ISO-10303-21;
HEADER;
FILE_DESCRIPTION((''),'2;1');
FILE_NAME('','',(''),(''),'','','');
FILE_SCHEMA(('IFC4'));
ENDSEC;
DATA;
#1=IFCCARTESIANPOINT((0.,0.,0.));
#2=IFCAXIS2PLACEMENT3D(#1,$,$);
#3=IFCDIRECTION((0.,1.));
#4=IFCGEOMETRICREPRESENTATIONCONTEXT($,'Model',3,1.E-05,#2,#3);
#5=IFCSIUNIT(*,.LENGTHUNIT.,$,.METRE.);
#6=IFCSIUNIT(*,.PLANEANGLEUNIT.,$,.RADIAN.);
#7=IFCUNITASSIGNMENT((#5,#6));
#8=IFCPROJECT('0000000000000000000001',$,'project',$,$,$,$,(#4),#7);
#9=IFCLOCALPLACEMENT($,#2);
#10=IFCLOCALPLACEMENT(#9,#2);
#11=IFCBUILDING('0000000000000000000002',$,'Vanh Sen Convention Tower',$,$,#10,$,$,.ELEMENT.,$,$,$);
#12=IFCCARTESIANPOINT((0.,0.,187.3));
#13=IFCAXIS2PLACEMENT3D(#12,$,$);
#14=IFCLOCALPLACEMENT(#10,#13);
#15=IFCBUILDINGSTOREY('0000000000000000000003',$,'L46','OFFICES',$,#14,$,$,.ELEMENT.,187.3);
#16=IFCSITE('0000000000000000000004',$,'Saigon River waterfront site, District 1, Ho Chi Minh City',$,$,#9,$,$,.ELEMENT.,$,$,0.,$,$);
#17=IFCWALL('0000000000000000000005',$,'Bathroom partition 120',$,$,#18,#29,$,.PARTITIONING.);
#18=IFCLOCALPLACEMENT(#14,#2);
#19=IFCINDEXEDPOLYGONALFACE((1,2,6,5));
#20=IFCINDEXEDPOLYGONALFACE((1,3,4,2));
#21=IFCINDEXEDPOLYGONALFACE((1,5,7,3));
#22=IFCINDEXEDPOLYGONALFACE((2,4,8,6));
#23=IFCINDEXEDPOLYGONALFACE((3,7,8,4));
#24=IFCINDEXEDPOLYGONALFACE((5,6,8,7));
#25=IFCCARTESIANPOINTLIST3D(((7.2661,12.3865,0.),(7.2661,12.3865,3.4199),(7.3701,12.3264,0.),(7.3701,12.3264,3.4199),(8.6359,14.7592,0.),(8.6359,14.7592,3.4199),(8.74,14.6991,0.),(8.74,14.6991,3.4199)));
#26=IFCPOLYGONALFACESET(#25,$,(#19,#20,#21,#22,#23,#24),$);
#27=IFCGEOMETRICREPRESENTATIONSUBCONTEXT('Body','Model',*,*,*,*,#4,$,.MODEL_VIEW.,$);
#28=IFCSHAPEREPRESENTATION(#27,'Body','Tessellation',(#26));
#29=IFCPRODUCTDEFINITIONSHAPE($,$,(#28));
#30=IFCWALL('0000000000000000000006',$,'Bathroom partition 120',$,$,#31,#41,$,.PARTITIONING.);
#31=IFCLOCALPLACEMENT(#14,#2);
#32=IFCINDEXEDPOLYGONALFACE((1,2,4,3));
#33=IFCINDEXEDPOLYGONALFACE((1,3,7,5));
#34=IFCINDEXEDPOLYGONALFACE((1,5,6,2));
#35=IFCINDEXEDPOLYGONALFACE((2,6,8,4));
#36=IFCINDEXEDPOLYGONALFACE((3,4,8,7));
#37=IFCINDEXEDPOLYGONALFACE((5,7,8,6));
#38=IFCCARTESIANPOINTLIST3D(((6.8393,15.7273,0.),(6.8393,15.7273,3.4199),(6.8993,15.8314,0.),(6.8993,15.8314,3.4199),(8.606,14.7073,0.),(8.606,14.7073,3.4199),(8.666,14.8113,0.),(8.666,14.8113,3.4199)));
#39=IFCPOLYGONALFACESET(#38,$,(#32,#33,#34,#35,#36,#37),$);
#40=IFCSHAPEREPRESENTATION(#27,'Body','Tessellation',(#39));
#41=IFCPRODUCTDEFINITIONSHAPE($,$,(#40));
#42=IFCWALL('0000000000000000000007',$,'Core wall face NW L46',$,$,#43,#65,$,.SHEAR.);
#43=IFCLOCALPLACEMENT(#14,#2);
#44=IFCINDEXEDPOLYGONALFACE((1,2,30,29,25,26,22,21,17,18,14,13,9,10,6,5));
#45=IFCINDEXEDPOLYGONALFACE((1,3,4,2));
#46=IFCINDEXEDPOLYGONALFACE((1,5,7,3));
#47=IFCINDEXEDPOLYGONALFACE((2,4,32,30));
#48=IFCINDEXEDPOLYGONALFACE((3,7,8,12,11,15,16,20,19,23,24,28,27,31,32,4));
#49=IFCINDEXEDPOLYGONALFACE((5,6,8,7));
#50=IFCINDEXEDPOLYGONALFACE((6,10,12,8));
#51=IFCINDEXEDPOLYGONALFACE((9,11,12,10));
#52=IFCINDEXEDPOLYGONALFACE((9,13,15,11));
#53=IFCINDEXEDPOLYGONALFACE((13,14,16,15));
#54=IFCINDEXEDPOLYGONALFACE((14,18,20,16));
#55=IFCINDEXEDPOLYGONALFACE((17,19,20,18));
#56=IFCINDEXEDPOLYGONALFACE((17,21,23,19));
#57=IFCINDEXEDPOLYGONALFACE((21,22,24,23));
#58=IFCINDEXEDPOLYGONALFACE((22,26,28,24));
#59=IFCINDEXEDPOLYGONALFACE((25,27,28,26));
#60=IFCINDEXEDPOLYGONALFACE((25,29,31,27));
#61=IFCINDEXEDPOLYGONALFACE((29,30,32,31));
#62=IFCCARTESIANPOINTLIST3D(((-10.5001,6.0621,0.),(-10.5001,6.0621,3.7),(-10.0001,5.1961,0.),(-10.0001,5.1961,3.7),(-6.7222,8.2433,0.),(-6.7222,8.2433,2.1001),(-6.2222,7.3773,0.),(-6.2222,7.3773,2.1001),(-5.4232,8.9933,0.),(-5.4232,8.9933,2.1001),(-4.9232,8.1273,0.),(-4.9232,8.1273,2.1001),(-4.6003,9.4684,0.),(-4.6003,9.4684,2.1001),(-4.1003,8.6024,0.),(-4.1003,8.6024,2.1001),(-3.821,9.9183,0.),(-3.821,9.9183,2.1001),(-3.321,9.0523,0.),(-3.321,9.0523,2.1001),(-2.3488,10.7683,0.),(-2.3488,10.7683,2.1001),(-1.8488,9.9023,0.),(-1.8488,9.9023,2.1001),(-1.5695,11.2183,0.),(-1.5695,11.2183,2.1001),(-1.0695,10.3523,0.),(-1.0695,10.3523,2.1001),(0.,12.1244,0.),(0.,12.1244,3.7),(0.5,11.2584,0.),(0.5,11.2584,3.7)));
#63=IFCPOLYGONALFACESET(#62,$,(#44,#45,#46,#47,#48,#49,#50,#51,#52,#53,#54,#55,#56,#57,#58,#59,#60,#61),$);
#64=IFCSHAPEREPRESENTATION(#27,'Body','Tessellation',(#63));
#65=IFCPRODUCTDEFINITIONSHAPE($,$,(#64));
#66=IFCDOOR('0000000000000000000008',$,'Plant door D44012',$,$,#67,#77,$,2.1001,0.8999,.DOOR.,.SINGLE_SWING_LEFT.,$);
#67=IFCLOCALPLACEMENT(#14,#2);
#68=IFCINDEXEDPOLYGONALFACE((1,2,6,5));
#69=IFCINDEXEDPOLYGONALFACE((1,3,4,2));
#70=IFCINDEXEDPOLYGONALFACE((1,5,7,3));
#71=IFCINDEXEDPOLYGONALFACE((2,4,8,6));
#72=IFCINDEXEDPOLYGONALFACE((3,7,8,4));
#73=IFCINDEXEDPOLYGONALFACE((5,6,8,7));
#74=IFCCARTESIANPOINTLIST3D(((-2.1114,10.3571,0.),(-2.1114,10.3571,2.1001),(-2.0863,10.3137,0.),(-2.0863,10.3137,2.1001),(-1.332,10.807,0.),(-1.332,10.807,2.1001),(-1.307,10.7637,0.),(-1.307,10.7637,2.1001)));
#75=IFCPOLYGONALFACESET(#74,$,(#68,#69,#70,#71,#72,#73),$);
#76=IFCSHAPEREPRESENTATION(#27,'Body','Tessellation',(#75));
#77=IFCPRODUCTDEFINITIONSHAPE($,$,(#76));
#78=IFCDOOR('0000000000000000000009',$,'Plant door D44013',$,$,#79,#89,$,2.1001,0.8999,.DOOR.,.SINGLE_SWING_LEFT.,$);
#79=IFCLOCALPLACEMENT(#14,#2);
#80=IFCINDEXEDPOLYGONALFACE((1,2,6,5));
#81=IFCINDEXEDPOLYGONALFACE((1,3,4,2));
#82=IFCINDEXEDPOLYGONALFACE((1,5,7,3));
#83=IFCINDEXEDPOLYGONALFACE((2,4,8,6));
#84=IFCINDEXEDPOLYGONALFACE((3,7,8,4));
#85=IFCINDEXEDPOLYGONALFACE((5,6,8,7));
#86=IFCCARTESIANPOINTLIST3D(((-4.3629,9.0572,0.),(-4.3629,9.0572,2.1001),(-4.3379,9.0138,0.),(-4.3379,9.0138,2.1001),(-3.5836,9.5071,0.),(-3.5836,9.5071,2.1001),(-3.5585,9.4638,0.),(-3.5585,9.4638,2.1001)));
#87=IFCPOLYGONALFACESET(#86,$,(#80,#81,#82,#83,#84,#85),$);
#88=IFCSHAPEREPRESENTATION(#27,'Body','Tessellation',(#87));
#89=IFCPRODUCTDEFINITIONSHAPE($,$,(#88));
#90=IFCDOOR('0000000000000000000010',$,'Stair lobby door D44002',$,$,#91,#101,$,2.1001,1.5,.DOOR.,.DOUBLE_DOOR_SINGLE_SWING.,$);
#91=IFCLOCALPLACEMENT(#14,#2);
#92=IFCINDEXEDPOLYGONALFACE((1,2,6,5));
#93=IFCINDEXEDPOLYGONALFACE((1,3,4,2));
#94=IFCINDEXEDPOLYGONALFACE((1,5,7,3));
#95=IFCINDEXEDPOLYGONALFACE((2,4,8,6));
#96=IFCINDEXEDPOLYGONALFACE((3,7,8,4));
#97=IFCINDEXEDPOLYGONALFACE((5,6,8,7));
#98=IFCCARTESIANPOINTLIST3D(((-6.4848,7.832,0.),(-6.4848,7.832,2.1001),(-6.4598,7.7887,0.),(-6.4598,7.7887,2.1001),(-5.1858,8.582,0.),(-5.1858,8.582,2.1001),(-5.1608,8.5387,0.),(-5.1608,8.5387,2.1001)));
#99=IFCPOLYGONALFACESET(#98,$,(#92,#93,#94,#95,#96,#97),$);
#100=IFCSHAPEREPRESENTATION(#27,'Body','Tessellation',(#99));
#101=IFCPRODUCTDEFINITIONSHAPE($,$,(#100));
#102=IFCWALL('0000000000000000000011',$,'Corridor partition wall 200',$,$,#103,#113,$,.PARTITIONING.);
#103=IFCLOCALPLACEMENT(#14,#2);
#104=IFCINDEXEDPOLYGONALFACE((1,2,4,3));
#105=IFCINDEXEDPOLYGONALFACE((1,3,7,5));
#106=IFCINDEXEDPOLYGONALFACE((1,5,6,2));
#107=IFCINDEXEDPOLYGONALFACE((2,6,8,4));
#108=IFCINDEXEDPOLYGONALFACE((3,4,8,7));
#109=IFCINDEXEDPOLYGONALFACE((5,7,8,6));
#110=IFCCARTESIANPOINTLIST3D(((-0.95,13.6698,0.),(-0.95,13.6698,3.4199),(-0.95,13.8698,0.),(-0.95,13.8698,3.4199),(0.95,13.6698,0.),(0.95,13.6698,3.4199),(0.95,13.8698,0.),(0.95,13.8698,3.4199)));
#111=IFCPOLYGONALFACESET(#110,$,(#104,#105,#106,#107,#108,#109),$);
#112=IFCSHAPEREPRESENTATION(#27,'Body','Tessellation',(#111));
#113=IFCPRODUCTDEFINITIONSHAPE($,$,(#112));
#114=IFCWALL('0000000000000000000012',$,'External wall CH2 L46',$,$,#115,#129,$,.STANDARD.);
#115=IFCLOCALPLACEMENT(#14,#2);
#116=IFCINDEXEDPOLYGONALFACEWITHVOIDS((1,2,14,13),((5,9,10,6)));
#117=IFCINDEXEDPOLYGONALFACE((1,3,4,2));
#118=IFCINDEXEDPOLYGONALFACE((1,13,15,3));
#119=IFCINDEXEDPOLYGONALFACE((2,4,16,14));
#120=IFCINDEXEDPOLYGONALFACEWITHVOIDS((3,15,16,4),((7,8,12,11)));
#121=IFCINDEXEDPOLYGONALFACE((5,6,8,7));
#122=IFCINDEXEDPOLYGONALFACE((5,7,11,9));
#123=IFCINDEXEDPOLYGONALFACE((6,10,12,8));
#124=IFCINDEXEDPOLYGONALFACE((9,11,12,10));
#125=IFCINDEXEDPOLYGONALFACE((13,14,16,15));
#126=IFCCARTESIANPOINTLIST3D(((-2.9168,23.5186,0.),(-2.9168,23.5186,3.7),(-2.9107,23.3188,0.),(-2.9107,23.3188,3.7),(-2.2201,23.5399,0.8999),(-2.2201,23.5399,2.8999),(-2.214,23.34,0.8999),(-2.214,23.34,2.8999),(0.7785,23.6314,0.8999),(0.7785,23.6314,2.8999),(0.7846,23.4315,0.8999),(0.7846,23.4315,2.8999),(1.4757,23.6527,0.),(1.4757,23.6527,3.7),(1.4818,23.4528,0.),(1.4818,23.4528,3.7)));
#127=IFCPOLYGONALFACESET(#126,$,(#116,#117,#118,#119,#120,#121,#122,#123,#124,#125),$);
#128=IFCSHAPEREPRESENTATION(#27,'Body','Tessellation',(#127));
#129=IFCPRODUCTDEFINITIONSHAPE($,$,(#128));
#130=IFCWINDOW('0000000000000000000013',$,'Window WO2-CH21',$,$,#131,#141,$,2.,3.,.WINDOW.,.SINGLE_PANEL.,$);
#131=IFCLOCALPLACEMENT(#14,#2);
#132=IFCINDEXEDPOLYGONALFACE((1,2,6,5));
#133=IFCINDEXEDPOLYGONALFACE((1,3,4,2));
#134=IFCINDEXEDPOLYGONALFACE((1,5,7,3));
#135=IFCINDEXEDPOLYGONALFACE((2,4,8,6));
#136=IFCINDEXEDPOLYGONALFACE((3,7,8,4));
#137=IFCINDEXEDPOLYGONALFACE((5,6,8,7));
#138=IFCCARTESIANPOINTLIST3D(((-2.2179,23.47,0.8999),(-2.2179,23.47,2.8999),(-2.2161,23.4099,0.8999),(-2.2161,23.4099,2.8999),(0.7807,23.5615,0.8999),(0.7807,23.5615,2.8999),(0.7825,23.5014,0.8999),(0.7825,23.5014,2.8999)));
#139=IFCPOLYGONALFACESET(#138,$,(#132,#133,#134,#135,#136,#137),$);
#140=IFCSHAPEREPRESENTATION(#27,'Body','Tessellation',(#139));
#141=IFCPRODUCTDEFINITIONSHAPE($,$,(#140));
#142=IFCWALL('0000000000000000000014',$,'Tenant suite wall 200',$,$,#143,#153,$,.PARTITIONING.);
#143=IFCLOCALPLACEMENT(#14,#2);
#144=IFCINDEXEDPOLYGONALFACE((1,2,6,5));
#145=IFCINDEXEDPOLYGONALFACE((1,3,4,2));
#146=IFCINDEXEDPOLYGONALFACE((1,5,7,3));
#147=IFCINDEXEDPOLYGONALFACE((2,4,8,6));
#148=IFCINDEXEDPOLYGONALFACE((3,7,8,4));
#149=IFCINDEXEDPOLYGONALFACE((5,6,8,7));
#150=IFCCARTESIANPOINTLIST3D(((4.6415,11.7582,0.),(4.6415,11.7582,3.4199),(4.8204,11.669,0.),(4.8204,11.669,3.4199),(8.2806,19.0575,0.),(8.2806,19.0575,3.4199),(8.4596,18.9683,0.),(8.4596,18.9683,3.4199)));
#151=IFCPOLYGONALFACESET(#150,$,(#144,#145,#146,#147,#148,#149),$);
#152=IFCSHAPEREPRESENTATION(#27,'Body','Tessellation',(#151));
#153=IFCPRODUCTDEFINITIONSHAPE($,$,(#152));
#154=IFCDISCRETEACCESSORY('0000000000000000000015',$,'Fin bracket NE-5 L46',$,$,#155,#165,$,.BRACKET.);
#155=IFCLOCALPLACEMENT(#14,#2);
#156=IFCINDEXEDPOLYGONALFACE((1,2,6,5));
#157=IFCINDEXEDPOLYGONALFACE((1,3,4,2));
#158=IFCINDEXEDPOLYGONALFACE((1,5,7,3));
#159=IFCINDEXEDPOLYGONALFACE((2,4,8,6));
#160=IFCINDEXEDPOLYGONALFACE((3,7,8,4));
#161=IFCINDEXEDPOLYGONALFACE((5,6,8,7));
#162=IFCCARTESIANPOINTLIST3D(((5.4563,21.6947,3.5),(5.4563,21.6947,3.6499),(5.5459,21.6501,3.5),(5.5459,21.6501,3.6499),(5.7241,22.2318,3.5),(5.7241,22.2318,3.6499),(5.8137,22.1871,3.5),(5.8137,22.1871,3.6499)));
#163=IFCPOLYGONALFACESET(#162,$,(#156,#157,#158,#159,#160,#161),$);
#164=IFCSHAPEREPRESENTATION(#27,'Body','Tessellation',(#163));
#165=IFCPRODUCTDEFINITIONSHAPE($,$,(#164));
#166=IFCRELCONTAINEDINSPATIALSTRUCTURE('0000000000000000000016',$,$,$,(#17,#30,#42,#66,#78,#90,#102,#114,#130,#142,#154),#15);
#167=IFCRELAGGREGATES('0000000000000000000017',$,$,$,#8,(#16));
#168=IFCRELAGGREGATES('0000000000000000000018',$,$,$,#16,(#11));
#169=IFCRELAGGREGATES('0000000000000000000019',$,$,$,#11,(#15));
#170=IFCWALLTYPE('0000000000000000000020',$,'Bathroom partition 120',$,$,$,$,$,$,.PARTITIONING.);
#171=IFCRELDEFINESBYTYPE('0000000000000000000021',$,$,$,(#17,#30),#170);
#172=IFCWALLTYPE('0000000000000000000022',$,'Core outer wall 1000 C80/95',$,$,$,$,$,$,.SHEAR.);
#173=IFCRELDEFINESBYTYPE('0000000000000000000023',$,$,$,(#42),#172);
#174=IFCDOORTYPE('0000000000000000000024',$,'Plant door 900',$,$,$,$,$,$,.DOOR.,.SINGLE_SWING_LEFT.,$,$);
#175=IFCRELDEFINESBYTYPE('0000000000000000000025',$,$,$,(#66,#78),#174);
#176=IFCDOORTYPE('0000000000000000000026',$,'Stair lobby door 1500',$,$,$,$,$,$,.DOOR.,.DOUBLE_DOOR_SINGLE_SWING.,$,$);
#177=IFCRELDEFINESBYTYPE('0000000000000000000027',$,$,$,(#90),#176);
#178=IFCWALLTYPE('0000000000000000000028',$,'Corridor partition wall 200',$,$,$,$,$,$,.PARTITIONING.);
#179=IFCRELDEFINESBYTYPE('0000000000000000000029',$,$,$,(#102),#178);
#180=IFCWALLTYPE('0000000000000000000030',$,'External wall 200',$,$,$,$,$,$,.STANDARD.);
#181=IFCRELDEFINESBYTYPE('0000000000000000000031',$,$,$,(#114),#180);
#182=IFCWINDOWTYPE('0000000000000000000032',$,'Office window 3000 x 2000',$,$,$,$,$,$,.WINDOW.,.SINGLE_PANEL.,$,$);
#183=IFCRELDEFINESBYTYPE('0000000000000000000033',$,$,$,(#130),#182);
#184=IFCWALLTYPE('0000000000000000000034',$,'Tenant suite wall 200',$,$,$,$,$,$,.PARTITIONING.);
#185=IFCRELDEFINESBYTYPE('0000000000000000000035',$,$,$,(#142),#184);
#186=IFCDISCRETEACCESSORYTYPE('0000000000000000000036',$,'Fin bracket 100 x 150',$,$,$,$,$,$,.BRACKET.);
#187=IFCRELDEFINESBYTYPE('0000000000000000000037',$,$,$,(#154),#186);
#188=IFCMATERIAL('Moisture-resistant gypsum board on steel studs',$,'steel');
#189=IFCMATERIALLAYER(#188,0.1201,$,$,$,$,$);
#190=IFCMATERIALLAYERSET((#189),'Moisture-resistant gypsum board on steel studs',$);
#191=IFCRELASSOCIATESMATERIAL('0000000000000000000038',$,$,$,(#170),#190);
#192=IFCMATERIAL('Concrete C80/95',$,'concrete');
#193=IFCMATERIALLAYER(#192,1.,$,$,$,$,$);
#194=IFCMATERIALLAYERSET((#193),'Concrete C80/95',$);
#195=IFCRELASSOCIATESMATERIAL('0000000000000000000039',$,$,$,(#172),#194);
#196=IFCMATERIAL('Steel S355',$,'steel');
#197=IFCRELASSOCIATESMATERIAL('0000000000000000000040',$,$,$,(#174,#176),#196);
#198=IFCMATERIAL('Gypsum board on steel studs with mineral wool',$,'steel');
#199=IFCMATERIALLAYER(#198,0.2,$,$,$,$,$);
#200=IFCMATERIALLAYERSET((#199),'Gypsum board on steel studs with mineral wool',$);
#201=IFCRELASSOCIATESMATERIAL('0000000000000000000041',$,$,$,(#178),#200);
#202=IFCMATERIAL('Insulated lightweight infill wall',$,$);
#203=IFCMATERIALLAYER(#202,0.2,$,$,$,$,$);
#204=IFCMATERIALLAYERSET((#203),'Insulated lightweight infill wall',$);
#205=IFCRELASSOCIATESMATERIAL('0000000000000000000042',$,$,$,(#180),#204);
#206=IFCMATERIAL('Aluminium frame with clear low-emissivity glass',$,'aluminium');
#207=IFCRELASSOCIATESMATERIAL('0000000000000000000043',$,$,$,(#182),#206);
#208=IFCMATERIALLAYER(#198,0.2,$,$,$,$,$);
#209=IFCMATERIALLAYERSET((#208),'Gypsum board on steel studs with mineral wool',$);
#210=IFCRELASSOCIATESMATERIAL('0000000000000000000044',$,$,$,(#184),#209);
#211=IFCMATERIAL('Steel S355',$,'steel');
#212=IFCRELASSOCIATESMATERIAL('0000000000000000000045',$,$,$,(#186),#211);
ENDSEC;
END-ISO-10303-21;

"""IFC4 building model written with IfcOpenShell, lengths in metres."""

from ifc_helpers import new_model, si_unit, direction, frame, frame_2d, origin, origin_2d, place, context, subcontext, project, spatial, rectangle, extrude, material, layer, layer_set, type_object, element, fill, save


model = new_model("IFC4")

# Units and contexts
model_context = context("Model", 3, precision=1e-05, world=origin(), true_north=direction((0.0, 1.0)))
body_context = subcontext(model_context, "Body", "Model", "MODEL_VIEW")
ifc_project = project(units=[si_unit("LENGTHUNIT", "METRE"), si_unit("PLANEANGLEUNIT", "RADIAN")], contexts=[model_context])

# Site, building, storey
site_placement = place(None, origin())
site = spatial("IfcSite", under=ifc_project, at=site_placement, Name="Saigon River waterfront site, District 1, Ho Chi Minh City", CompositionType="ELEMENT", RefElevation=0.0)
building_placement = place(site_placement, origin())
building = spatial("IfcBuilding", under=site, at=building_placement, Name="Vanh Sen Convention Tower", CompositionType="ELEMENT")
storey_placement = place(building_placement, frame((0.0, 0.0, 187.3)))
storey = spatial("IfcBuildingStorey", under=building, at=storey_placement, Name="L46", Description="OFFICES", CompositionType="ELEMENT", Elevation=187.3)

# Shared definitions
ifc_material_1 = material(Name="Concrete C80/95", Category="concrete")

# Walls
ifc_material_2 = material(Name="Moisture-resistant gypsum board on steel studs", Category="steel")
ifc_layer_1 = layer(ifc_material_2, 0.1201)
ifc_layer_set_1 = layer_set([ifc_layer_1], Name="Moisture-resistant gypsum board on steel studs")
wall_type_1 = type_object("IfcWallType", Name="Bathroom partition 120", PredefinedType="PARTITIONING", material=ifc_layer_set_1)
wall_1_placement = place(storey_placement, frame((7.3181, 12.3564, 0.0), z_axis=(0.0, 0.0, 1.0), x_axis=(0.499982, 0.866036, 0.0)))
element("IfcWall", 1, at=wall_1_placement, inside=storey, type_object=wall_type_1, Name="Bathroom partition 120", PredefinedType="PARTITIONING", context=body_context, shape_type="SweptSolid", body=[
    extrude(rectangle(XDim=2.7397, YDim=0.1201, at=frame_2d((1.3699, 0.0))), origin(), (0.0, 0.0, 1.0), 3.4199),
])
wall_2_placement = place(storey_placement, frame((8.636, 14.7593, 0.0), z_axis=(0.0, 0.0, 1.0), x_axis=(-0.86601, 0.500026, 0.0)))
element("IfcWall", 2, at=wall_2_placement, inside=storey, type_object=wall_type_1, Name="Bathroom partition 120", PredefinedType="PARTITIONING", context=body_context, shape_type="SweptSolid", body=[
    extrude(rectangle(XDim=2.04, YDim=0.1201, at=frame_2d((1.02, 0.0))), origin(), (0.0, 0.0, 1.0), 3.4199),
])

# Wall, openings, doors
ifc_layer_2 = layer(ifc_material_1, 1.0)
ifc_layer_set_2 = layer_set([ifc_layer_2], Name="Concrete C80/95")
wall_type_2 = type_object("IfcWallType", Name="Core outer wall 1000 C80/95", PredefinedType="SHEAR", material=ifc_layer_set_2)
wall_3_placement = place(storey_placement, frame((0.25, 11.6914, 0.0), z_axis=(0.0, 0.0, 1.0), x_axis=(-0.866023, -0.500005, 0.0)))
wall_3 = element("IfcWall", 3, at=wall_3_placement, inside=storey, type_object=wall_type_2, Name="Core wall face NW L46", PredefinedType="SHEAR", context=body_context, shape_type="SweptSolid", body=[
    extrude(rectangle(XDim=12.1245, YDim=1.0, at=frame_2d((6.0623, 0.0))), origin(), (0.0, 0.0, 1.0), 3.7),
])
opening_1_placement = place(wall_3_placement, frame((6.2622, 0.0, 0.0)))
opening_1 = element("IfcOpeningElement", 4, at=opening_1_placement, cuts=wall_3, PredefinedType="OPENING", context=body_context, shape_type="SweptSolid", body=[
    extrude(rectangle(XDim=1.5, YDim=2.1001, at=frame_2d((0.75, 1.05))), frame((0.0, 0.51, 0.0), z_axis=(0.0, -1.0, 0.0), x_axis=(1.0, 0.0, 0.0)), (0.0, 0.0, 1.0), 1.02),
])
opening_2_placement = place(wall_3_placement, frame((1.8123, 0.0, 0.0)))
opening_2 = element("IfcOpeningElement", 5, at=opening_2_placement, cuts=wall_3, PredefinedType="OPENING", context=body_context, shape_type="SweptSolid", body=[
    extrude(rectangle(XDim=0.8999, YDim=2.1001, at=frame_2d((0.45, 1.05))), frame((0.0, 0.51, 0.0), z_axis=(0.0, -1.0, 0.0), x_axis=(1.0, 0.0, 0.0)), (0.0, 0.0, 1.0), 1.02),
])
opening_3_placement = place(wall_3_placement, frame((4.4121, 0.0, 0.0)))
opening_3 = element("IfcOpeningElement", 6, at=opening_3_placement, cuts=wall_3, PredefinedType="OPENING", context=body_context, shape_type="SweptSolid", body=[
    extrude(rectangle(XDim=0.8999, YDim=2.1001, at=frame_2d((0.45, 1.05))), frame((0.0, 0.51, 0.0), z_axis=(0.0, -1.0, 0.0), x_axis=(1.0, 0.0, 0.0)), (0.0, 0.0, 1.0), 1.02),
])
ifc_material_3 = material(Name="Steel S355", Category="steel")
door_type_1 = type_object("IfcDoorType", Name="Plant door 900", OperationType="SINGLE_SWING_LEFT", PredefinedType="DOOR", material=ifc_material_3)
door_1_placement = place(opening_2_placement, origin())
door_1 = element("IfcDoor", 7, at=door_1_placement, inside=storey, type_object=door_type_1, Name="Plant door D44012", OperationType="SINGLE_SWING_LEFT", OverallHeight=2.1001, OverallWidth=0.8999, PredefinedType="DOOR", context=body_context, shape_type="SweptSolid", body=[
    extrude(rectangle(XDim=0.8999, YDim=2.1001, at=frame_2d((0.45, 1.05))), frame((0.0, 0.0249, 0.0), z_axis=(0.0, -1.0, 0.0), x_axis=(1.0, 0.0, 0.0)), (0.0, 0.0, 1.0), 0.05),
])
fill(opening_2, door_1)
door_2_placement = place(opening_3_placement, origin())
door_2 = element("IfcDoor", 8, at=door_2_placement, inside=storey, type_object=door_type_1, Name="Plant door D44013", OperationType="SINGLE_SWING_LEFT", OverallHeight=2.1001, OverallWidth=0.8999, PredefinedType="DOOR", context=body_context, shape_type="SweptSolid", body=[
    extrude(rectangle(XDim=0.8999, YDim=2.1001, at=frame_2d((0.45, 1.05))), frame((0.0, 0.0249, 0.0), z_axis=(0.0, -1.0, 0.0), x_axis=(1.0, 0.0, 0.0)), (0.0, 0.0, 1.0), 0.05),
])
fill(opening_3, door_2)
door_type_2 = type_object("IfcDoorType", Name="Stair lobby door 1500", OperationType="DOUBLE_DOOR_SINGLE_SWING", PredefinedType="DOOR", material=ifc_material_3)
door_3_placement = place(opening_1_placement, origin())
door_3 = element("IfcDoor", 9, at=door_3_placement, inside=storey, type_object=door_type_2, Name="Stair lobby door D44002", OperationType="DOUBLE_DOOR_SINGLE_SWING", OverallHeight=2.1001, OverallWidth=1.5, PredefinedType="DOOR", context=body_context, shape_type="SweptSolid", body=[
    extrude(rectangle(XDim=1.5, YDim=2.1001, at=frame_2d((0.75, 1.05))), frame((0.0, 0.0249, 0.0), z_axis=(0.0, -1.0, 0.0), x_axis=(1.0, 0.0, 0.0)), (0.0, 0.0, 1.0), 0.05),
])
fill(opening_1, door_3)

# Wall
ifc_material_4 = material(Name="Gypsum board on steel studs with mineral wool", Category="steel")
ifc_layer_3 = layer(ifc_material_4, 0.2)
ifc_layer_set_3 = layer_set([ifc_layer_3], Name="Gypsum board on steel studs with mineral wool")
wall_type_3 = type_object("IfcWallType", Name="Corridor partition wall 200", PredefinedType="PARTITIONING", material=ifc_layer_set_3)
wall_4_placement = place(storey_placement, frame((0.95, 13.7698, 0.0), z_axis=(0.0, 0.0, 1.0), x_axis=(-1.0, 0.0, 0.0)))
element("IfcWall", 10, at=wall_4_placement, inside=storey, type_object=wall_type_3, Name="Corridor partition wall 200", PredefinedType="PARTITIONING", context=body_context, shape_type="SweptSolid", body=[
    extrude(rectangle(XDim=1.8999, YDim=0.2, at=frame_2d((0.95, 0.0))), origin(), (0.0, 0.0, 1.0), 3.4199),
])

# Wall, opening, window
ifc_material_5 = material(Name="Insulated lightweight infill wall")
ifc_layer_4 = layer(ifc_material_5, 0.2)
ifc_layer_set_4 = layer_set([ifc_layer_4], Name="Insulated lightweight infill wall")
wall_type_4 = type_object("IfcWallType", Name="External wall 200", PredefinedType="STANDARD", material=ifc_layer_set_4)
wall_5_placement = place(storey_placement, frame((1.4788, 23.5527, 0.0), z_axis=(0.0, 0.0, 1.0), x_axis=(-0.999535, -0.030499, 0.0)))
wall_5 = element("IfcWall", 11, at=wall_5_placement, inside=storey, type_object=wall_type_4, Name="External wall CH2 L46", PredefinedType="STANDARD", context=body_context, shape_type="SweptSolid", body=[
    extrude(rectangle(XDim=4.3945, YDim=0.2, at=frame_2d((2.1973, 0.0))), origin(), (0.0, 0.0, 1.0), 3.7),
])
opening_4_placement = place(wall_5_placement, frame((0.6975, 0.0, 0.8999)))
opening_4 = element("IfcOpeningElement", 12, at=opening_4_placement, cuts=wall_5, PredefinedType="OPENING", context=body_context, shape_type="SweptSolid", body=[
    extrude(rectangle(XDim=3.0, YDim=2.0, at=frame_2d((1.5, 1.0))), frame((0.0, 0.1099, 0.0), z_axis=(0.0, -1.0, 0.0), x_axis=(1.0, 0.0, 0.0)), (0.0, 0.0, 1.0), 0.22),
])
ifc_material_6 = material(Name="Aluminium frame with clear low-emissivity glass", Category="aluminium")
window_type = type_object("IfcWindowType", Name="Office window 3000 x 2000", PartitioningType="SINGLE_PANEL", PredefinedType="WINDOW", material=ifc_material_6)
window_placement = place(opening_4_placement, origin())
window = element("IfcWindow", 13, at=window_placement, inside=storey, type_object=window_type, Name="Window WO2-CH21", OverallHeight=2.0, OverallWidth=3.0, PartitioningType="SINGLE_PANEL", PredefinedType="WINDOW", context=body_context, shape_type="SweptSolid", body=[
    extrude(rectangle(XDim=3.0, YDim=2.0, at=frame_2d((1.5, 1.0))), frame((0.0, 0.03, 0.0), z_axis=(0.0, -1.0, 0.0), x_axis=(1.0, 0.0, 0.0)), (0.0, 0.0, 1.0), 0.0601),
])
fill(opening_4, window)

# Wall
ifc_layer_5 = layer(ifc_material_4, 0.2)
ifc_layer_set_5 = layer_set([ifc_layer_5], Name="Gypsum board on steel studs with mineral wool")
wall_type_5 = type_object("IfcWallType", Name="Tenant suite wall 200", PredefinedType="PARTITIONING", material=ifc_layer_set_5)
wall_6_placement = place(storey_placement, frame((8.3701, 19.0129, 0.0), z_axis=(0.0, 0.0, 1.0), x_axis=(-0.446184, -0.894941, 0.0)))
element("IfcWall", 14, at=wall_6_placement, inside=storey, type_object=wall_type_5, Name="Tenant suite wall 200", PredefinedType="PARTITIONING", context=body_context, shape_type="SweptSolid", body=[
    extrude(rectangle(XDim=8.1562, YDim=0.2, at=frame_2d((4.0781, 0.0))), origin(), (0.0, 0.0, 1.0), 3.4199),
])

# Discrete accessory
ifc_material_7 = material(Name="Steel S355", Category="steel")
discrete_accessory_type = type_object("IfcDiscreteAccessoryType", Name="Fin bracket 100 x 150", PredefinedType="BRACKET", material=ifc_material_7)
discrete_accessory_placement = place(storey_placement, frame((5.635, 21.9409, 3.5), z_axis=(0.0, 0.0, 1.0), x_axis=(0.446198, 0.894934, 0.0)))
element("IfcDiscreteAccessory", 15, at=discrete_accessory_placement, inside=storey, type_object=discrete_accessory_type, Name="Fin bracket NE-5 L46", PredefinedType="BRACKET", context=body_context, shape_type="SweptSolid", body=[
    extrude(rectangle(XDim=0.6001, YDim=0.1001, at=origin_2d()), origin(), (0.0, 0.0, 1.0), 0.1499),
])

save(model, "model.ifc")
